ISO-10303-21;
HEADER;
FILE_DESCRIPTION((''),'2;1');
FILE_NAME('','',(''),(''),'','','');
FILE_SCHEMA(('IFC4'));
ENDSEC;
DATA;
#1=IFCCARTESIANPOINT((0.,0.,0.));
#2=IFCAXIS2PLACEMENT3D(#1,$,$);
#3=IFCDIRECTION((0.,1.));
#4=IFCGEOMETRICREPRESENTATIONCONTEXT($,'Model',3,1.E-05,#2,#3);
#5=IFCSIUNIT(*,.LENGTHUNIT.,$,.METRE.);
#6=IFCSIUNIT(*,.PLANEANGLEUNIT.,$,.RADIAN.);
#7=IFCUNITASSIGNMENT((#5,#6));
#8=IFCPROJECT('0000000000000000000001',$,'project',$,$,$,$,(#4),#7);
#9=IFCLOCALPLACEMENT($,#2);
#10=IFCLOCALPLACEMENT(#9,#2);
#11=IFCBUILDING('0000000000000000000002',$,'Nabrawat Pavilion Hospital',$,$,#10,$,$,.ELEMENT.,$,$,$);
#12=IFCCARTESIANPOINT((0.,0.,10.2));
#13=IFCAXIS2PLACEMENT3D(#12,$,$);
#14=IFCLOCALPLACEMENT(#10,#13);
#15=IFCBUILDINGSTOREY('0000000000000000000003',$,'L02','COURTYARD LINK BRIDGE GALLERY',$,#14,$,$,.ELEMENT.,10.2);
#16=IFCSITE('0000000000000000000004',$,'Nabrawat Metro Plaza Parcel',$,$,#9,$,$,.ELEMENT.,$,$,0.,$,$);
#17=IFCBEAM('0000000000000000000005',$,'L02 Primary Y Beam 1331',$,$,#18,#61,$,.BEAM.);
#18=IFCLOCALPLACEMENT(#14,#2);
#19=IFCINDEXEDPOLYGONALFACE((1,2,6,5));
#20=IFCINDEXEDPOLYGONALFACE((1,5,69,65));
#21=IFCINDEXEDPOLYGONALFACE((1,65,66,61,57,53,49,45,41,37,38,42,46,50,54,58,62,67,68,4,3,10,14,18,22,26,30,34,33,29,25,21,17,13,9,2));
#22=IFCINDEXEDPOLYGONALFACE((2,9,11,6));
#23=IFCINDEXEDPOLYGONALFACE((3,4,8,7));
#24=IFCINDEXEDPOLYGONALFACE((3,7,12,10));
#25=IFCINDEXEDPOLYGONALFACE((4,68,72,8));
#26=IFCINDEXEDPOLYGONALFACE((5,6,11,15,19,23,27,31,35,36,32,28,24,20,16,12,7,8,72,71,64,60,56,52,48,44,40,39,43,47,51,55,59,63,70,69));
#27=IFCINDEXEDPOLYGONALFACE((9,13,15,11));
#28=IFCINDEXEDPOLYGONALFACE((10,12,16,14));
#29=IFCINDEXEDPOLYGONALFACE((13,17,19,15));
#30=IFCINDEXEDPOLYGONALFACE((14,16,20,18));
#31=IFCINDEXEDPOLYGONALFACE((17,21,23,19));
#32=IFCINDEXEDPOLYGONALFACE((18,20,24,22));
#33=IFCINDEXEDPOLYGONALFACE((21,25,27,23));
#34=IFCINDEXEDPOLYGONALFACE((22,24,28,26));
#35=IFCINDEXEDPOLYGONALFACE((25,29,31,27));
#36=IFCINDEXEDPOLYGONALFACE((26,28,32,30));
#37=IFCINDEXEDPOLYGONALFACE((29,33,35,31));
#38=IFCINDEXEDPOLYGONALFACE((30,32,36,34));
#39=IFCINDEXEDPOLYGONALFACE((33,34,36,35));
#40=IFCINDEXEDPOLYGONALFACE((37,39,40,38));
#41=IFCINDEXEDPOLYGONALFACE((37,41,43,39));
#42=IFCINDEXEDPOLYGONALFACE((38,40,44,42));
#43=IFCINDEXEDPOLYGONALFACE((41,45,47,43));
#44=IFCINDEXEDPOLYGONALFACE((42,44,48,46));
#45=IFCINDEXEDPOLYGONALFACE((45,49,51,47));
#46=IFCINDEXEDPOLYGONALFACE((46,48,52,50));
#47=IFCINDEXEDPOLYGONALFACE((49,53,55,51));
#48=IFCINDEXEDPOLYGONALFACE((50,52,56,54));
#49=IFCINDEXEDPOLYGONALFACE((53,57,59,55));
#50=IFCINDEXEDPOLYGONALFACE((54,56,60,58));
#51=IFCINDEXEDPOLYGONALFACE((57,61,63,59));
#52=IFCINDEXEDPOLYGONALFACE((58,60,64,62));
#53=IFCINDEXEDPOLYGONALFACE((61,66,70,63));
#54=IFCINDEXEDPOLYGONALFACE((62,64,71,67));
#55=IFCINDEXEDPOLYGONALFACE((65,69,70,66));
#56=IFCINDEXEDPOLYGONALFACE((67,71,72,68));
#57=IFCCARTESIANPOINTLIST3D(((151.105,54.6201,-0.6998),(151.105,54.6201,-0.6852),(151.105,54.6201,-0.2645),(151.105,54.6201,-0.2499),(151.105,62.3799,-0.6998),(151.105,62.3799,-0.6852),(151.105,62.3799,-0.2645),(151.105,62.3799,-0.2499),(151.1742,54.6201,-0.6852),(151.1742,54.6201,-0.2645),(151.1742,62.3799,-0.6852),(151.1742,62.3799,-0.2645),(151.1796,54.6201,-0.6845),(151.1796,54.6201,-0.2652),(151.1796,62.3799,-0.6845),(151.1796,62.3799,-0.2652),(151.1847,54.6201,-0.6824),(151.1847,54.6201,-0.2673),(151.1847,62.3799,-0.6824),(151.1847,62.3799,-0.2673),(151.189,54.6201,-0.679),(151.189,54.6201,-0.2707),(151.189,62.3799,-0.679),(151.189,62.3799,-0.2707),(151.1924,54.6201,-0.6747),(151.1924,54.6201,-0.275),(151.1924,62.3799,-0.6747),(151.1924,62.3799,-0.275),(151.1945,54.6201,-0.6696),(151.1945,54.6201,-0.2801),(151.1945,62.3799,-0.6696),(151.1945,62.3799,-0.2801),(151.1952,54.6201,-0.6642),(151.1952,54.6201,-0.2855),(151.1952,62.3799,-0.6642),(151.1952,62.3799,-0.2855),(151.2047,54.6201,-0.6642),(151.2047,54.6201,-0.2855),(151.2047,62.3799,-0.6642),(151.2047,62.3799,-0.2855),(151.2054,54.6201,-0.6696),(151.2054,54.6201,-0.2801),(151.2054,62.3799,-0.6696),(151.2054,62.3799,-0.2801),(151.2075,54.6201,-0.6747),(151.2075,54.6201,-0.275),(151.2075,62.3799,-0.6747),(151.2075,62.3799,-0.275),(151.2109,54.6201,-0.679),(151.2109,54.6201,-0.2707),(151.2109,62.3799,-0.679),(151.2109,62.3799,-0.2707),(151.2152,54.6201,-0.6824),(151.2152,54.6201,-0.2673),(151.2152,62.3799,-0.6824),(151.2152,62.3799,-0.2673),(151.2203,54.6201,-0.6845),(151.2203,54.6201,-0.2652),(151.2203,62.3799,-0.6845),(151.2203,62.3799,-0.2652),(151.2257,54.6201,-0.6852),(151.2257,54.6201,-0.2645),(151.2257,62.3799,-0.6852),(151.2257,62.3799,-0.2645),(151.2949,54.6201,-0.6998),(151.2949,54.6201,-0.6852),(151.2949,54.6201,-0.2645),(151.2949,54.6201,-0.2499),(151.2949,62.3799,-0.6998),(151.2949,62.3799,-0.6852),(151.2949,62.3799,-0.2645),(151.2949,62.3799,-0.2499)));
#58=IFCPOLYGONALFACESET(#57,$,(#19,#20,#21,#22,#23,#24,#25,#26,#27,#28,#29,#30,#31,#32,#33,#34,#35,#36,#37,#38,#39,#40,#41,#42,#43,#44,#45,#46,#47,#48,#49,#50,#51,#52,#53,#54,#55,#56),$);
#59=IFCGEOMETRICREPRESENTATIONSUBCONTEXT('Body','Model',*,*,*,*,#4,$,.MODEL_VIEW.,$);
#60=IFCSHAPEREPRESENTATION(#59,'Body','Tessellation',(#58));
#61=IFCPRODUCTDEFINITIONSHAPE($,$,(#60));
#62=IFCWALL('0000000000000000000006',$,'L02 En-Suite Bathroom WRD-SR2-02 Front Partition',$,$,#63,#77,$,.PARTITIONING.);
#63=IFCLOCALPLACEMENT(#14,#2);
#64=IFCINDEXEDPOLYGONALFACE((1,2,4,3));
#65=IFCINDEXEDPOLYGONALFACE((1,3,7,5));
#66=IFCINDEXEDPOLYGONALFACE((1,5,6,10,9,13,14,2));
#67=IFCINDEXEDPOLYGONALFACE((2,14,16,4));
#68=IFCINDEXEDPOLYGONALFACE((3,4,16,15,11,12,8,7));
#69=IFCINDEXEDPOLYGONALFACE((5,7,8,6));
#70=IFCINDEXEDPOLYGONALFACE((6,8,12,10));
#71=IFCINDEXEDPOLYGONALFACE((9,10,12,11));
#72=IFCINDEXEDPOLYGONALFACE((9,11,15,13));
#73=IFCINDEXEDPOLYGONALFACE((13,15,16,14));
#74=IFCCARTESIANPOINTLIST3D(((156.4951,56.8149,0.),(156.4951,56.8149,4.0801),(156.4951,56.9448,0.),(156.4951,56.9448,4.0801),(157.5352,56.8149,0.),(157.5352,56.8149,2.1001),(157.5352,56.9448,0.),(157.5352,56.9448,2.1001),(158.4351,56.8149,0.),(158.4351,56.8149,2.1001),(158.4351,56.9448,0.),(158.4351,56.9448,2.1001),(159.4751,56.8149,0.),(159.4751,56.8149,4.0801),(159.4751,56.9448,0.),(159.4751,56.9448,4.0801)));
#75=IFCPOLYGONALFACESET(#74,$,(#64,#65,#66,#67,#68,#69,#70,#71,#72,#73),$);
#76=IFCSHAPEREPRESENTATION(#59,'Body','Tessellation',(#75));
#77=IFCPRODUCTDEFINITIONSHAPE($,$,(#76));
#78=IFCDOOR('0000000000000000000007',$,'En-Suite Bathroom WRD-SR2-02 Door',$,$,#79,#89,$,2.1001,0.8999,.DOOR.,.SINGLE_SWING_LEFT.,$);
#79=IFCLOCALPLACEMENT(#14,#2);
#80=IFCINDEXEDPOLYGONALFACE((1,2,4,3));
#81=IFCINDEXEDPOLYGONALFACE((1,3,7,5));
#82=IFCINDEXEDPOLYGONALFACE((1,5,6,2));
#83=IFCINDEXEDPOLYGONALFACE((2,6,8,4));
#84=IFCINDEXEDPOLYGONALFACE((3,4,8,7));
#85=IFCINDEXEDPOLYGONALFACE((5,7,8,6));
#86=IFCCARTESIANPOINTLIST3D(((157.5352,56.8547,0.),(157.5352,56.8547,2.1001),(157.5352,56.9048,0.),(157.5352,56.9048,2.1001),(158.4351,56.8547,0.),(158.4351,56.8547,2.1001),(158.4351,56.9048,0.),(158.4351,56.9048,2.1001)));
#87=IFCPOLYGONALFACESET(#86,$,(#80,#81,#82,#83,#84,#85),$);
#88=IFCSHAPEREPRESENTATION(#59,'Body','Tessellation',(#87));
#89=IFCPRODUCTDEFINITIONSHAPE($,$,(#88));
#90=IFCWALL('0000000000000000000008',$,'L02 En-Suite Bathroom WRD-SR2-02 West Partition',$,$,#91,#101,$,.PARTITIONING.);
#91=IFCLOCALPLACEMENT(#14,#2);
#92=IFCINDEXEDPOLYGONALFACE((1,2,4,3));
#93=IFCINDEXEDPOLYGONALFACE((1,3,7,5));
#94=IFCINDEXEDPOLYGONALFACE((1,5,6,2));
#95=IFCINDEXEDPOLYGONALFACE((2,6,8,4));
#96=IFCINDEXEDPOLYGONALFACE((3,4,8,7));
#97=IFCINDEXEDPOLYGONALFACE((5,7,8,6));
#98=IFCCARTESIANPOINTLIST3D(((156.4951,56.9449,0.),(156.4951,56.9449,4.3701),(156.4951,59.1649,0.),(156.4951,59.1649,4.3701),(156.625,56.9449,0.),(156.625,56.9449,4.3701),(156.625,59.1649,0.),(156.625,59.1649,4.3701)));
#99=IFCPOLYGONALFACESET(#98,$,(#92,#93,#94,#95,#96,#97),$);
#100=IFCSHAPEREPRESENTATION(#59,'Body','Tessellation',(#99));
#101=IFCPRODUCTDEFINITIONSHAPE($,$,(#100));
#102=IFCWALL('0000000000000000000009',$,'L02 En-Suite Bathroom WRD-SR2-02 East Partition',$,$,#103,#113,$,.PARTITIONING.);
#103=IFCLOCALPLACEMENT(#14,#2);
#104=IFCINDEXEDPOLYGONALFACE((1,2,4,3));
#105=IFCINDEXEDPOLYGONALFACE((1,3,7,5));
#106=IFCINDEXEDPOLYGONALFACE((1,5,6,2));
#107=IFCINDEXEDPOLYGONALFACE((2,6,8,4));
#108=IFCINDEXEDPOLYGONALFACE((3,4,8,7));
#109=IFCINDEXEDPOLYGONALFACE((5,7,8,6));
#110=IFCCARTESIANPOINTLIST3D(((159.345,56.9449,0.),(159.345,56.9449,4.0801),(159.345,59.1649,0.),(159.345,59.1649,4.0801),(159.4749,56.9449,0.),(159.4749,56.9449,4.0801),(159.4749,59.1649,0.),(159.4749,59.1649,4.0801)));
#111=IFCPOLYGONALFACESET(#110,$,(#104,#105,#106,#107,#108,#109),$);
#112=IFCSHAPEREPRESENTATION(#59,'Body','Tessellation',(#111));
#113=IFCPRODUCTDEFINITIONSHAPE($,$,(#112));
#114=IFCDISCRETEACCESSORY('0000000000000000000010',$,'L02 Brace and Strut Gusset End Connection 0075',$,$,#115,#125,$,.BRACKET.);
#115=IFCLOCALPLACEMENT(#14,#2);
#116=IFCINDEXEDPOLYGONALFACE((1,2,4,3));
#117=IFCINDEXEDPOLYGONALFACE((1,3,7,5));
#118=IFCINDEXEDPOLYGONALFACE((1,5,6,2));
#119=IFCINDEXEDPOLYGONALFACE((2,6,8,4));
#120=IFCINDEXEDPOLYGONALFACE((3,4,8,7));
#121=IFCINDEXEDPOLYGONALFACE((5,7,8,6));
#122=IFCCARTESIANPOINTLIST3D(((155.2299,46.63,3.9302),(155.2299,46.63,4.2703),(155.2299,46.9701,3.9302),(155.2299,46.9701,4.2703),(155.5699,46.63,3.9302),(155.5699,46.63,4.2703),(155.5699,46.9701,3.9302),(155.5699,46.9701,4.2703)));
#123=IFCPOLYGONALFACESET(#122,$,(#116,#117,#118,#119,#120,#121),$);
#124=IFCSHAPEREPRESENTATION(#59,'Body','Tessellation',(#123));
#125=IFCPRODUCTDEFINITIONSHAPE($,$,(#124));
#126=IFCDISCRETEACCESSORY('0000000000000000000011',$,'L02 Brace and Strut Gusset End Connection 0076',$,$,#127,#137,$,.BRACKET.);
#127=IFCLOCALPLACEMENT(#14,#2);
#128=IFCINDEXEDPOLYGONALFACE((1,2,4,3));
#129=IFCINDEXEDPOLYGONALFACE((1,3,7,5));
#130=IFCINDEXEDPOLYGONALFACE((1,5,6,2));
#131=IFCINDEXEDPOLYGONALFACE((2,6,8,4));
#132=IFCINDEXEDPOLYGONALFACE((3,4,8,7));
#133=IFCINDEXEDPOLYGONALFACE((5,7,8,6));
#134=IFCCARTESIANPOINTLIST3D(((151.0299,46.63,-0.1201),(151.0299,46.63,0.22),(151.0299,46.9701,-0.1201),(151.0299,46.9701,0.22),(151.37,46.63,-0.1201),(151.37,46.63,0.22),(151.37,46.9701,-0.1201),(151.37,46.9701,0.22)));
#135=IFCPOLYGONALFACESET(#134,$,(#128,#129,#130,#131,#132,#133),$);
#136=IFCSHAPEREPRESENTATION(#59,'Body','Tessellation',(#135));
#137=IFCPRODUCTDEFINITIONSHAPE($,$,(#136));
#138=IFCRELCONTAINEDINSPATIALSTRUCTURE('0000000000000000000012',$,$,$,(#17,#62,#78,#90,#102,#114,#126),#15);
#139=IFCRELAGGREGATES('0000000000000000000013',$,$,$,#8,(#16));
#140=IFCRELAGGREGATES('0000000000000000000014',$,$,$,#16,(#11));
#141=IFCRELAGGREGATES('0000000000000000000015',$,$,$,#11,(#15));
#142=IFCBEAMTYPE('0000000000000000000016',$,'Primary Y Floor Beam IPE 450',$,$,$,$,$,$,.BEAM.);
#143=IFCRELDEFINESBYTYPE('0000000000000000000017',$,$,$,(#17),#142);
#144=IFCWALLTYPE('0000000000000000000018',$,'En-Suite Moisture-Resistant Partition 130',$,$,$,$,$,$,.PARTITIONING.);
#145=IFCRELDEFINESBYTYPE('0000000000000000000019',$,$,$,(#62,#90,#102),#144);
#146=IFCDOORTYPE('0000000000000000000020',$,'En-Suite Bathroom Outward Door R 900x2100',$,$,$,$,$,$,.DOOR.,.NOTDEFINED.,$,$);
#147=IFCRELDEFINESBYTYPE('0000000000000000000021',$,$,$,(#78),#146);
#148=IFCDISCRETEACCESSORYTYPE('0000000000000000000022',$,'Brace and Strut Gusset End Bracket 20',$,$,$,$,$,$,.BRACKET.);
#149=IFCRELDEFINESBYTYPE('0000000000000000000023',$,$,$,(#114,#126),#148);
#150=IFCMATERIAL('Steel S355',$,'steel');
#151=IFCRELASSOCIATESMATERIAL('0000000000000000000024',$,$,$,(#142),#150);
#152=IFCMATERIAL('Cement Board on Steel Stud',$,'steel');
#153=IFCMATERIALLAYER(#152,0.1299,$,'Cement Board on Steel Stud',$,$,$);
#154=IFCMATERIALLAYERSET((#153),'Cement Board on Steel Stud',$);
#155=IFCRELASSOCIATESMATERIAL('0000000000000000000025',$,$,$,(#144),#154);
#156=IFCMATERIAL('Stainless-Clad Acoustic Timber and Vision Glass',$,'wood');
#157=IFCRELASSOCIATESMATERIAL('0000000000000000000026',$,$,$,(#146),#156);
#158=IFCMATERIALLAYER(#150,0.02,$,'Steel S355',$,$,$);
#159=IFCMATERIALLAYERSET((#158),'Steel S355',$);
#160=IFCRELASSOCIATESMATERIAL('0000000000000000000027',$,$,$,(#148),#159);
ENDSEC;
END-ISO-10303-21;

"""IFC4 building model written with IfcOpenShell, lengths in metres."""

from ifc_helpers import new_model, si_unit, direction, frame, frame_2d, origin, origin_2d, place, context, subcontext, project, spatial, rectangle, i_section, extrude, material, layer, layer_set, material_profile, profile_set, type_object, element, fill, save


model = new_model("IFC4")

# Units and contexts
model_context = context("Model", 3, precision=1e-05, world=origin(), true_north=direction((0.0, 1.0)))
body_context = subcontext(model_context, "Body", "Model", "MODEL_VIEW")
ifc_project = project(units=[si_unit("LENGTHUNIT", "METRE"), si_unit("PLANEANGLEUNIT", "RADIAN")], contexts=[model_context])

# Site, building, storey
site_placement = place(None, origin())
site = spatial("IfcSite", under=ifc_project, at=site_placement, Name="Nabrawat Metro Plaza Parcel", CompositionType="ELEMENT", RefElevation=0.0)
building_placement = place(site_placement, origin())
building = spatial("IfcBuilding", under=site, at=building_placement, Name="Nabrawat Pavilion Hospital", CompositionType="ELEMENT")
storey_placement = place(building_placement, frame((0.0, 0.0, 10.2)))
storey = spatial("IfcBuildingStorey", under=building, at=storey_placement, Name="L02", Description="COURTYARD LINK BRIDGE GALLERY", CompositionType="ELEMENT", Elevation=10.2)

# Shared definitions
ifc_material_1 = material(Name="Steel S355", Category="steel")

# Beam
ifc_material_profile_1 = material_profile(ifc_material_1, i_section(OverallWidth=0.1899, OverallDepth=0.45, WebThickness=0.0095, FlangeThickness=0.0146, FilletRadius=0.021, at=origin_2d()), Name="IPE 450")
ifc_profile_set_1 = profile_set([ifc_material_profile_1], Name="Steel S355")
beam_type_1 = type_object("IfcBeamType", Name="Primary Y Floor Beam IPE 450", PredefinedType="BEAM", material=ifc_profile_set_1)
beam_1_placement = place(storey_placement, frame((151.2, 54.6201, -0.4749), z_axis=(0.0, 1.0, 0.0), x_axis=(-1.0, 0.0, 0.0)))
element("IfcBeam", 1, at=beam_1_placement, inside=storey, type_object=beam_type_1, Name="L02 Primary Y Beam 1331", PredefinedType="BEAM", context=body_context, shape_type="SweptSolid", body=[
    extrude(i_section(OverallWidth=0.1899, OverallDepth=0.45, WebThickness=0.0095, FlangeThickness=0.0146, FilletRadius=0.021, at=origin_2d()), origin(), (0.0, 0.0, 1.0), 7.7598),
])

# Wall, opening, door
ifc_material_2 = material(Name="Cement Board on Steel Stud", Category="steel")
ifc_layer_1 = layer(ifc_material_2, 0.1299, Name="Cement Board on Steel Stud")
ifc_layer_set_1 = layer_set([ifc_layer_1], Name="Cement Board on Steel Stud")
wall_type = type_object("IfcWallType", Name="En-Suite Moisture-Resistant Partition 130", PredefinedType="PARTITIONING", material=ifc_layer_set_1)
wall_1_placement = place(storey_placement, frame((156.4951, 56.8799, 0.0), z_axis=(0.0, 0.0, 1.0), x_axis=(1.0, 0.0, 0.0)))
wall_1 = element("IfcWall", 2, at=wall_1_placement, inside=storey, type_object=wall_type, Name="L02 En-Suite Bathroom WRD-SR2-02 Front Partition", PredefinedType="PARTITIONING", context=body_context, shape_type="SweptSolid", body=[
    extrude(rectangle(XDim=2.98, YDim=0.1299, at=frame_2d((1.49, 0.0))), origin(), (0.0, 0.0, 1.0), 4.0801),
])
opening_placement = place(wall_1_placement, frame((1.04, 0.0, 0.0)))
opening = element("IfcOpeningElement", 3, at=opening_placement, cuts=wall_1, PredefinedType="OPENING", context=body_context, shape_type="SweptSolid", body=[
    extrude(rectangle(XDim=0.8999, YDim=2.1001, at=frame_2d((0.45, 1.05))), frame((0.0, 0.075, 0.0), z_axis=(0.0, -1.0, 0.0), x_axis=(1.0, 0.0, 0.0)), (0.0, 0.0, 1.0), 0.1499),
])
ifc_material_3 = material(Name="Stainless-Clad Acoustic Timber and Vision Glass", Category="wood")
door_type = type_object("IfcDoorType", Name="En-Suite Bathroom Outward Door R 900x2100", OperationType="NOTDEFINED", PredefinedType="DOOR", material=ifc_material_3)
door_placement = place(opening_placement, origin())
door = element("IfcDoor", 4, at=door_placement, inside=storey, type_object=door_type, Name="En-Suite Bathroom WRD-SR2-02 Door", OperationType="SINGLE_SWING_LEFT", OverallHeight=2.1001, OverallWidth=0.8999, PredefinedType="DOOR", context=body_context, shape_type="SweptSolid", body=[
    extrude(rectangle(XDim=0.8999, YDim=2.1001, at=frame_2d((0.45, 1.05))), frame((0.0, 0.0249, 0.0), z_axis=(0.0, -1.0, 0.0), x_axis=(1.0, 0.0, 0.0)), (0.0, 0.0, 1.0), 0.05),
])
fill(opening, door)

# Walls
wall_2_placement = place(storey_placement, frame((156.5601, 56.9451, 0.0), z_axis=(0.0, 0.0, 1.0), x_axis=(0.0, 1.0, 0.0)))
element("IfcWall", 5, at=wall_2_placement, inside=storey, type_object=wall_type, Name="L02 En-Suite Bathroom WRD-SR2-02 West Partition", PredefinedType="PARTITIONING", context=body_context, shape_type="SweptSolid", body=[
    extrude(rectangle(XDim=2.22, YDim=0.1299, at=frame_2d((1.1099, 0.0))), origin(), (0.0, 0.0, 1.0), 4.3701),
])
wall_3_placement = place(storey_placement, frame((159.4099, 56.9451, 0.0), z_axis=(0.0, 0.0, 1.0), x_axis=(0.0, 1.0, 0.0)))
element("IfcWall", 6, at=wall_3_placement, inside=storey, type_object=wall_type, Name="L02 En-Suite Bathroom WRD-SR2-02 East Partition", PredefinedType="PARTITIONING", context=body_context, shape_type="SweptSolid", body=[
    extrude(rectangle(XDim=2.22, YDim=0.1299, at=frame_2d((1.1099, 0.0))), origin(), (0.0, 0.0, 1.0), 4.0801),
])

# Discrete accessories
ifc_layer_2 = layer(ifc_material_1, 0.02, Name="Steel S355")
ifc_layer_set_2 = layer_set([ifc_layer_2], Name="Steel S355")
discrete_accessory_type = type_object("IfcDiscreteAccessoryType", Name="Brace and Strut Gusset End Bracket 20", PredefinedType="BRACKET", material=ifc_layer_set_2)
for number, where, z_axis, x_axis, name in (
    (7, (155.3999, 46.8, 3.9302), (0.0, 0.0, 1.0), (1.0, 0.0, 0.0), "L02 Brace and Strut Gusset End Connection 0075"),
    (8, (151.2, 46.8, -0.1201), (0.0, 0.0, 1.0), (1.0, 0.0, 0.0), "L02 Brace and Strut Gusset End Connection 0076"),
):
    element("IfcDiscreteAccessory", number, at=place(storey_placement, frame(where, z_axis=z_axis, x_axis=x_axis)), inside=storey, type_object=discrete_accessory_type, Name=name, PredefinedType="BRACKET", context=body_context, shape_type="SweptSolid", body=[
        extrude(rectangle(XDim=0.3401, YDim=0.3401, at=origin_2d()), origin(), (0.0, 0.0, 1.0), 0.3401),
    ])

save(model, "model.ifc")
